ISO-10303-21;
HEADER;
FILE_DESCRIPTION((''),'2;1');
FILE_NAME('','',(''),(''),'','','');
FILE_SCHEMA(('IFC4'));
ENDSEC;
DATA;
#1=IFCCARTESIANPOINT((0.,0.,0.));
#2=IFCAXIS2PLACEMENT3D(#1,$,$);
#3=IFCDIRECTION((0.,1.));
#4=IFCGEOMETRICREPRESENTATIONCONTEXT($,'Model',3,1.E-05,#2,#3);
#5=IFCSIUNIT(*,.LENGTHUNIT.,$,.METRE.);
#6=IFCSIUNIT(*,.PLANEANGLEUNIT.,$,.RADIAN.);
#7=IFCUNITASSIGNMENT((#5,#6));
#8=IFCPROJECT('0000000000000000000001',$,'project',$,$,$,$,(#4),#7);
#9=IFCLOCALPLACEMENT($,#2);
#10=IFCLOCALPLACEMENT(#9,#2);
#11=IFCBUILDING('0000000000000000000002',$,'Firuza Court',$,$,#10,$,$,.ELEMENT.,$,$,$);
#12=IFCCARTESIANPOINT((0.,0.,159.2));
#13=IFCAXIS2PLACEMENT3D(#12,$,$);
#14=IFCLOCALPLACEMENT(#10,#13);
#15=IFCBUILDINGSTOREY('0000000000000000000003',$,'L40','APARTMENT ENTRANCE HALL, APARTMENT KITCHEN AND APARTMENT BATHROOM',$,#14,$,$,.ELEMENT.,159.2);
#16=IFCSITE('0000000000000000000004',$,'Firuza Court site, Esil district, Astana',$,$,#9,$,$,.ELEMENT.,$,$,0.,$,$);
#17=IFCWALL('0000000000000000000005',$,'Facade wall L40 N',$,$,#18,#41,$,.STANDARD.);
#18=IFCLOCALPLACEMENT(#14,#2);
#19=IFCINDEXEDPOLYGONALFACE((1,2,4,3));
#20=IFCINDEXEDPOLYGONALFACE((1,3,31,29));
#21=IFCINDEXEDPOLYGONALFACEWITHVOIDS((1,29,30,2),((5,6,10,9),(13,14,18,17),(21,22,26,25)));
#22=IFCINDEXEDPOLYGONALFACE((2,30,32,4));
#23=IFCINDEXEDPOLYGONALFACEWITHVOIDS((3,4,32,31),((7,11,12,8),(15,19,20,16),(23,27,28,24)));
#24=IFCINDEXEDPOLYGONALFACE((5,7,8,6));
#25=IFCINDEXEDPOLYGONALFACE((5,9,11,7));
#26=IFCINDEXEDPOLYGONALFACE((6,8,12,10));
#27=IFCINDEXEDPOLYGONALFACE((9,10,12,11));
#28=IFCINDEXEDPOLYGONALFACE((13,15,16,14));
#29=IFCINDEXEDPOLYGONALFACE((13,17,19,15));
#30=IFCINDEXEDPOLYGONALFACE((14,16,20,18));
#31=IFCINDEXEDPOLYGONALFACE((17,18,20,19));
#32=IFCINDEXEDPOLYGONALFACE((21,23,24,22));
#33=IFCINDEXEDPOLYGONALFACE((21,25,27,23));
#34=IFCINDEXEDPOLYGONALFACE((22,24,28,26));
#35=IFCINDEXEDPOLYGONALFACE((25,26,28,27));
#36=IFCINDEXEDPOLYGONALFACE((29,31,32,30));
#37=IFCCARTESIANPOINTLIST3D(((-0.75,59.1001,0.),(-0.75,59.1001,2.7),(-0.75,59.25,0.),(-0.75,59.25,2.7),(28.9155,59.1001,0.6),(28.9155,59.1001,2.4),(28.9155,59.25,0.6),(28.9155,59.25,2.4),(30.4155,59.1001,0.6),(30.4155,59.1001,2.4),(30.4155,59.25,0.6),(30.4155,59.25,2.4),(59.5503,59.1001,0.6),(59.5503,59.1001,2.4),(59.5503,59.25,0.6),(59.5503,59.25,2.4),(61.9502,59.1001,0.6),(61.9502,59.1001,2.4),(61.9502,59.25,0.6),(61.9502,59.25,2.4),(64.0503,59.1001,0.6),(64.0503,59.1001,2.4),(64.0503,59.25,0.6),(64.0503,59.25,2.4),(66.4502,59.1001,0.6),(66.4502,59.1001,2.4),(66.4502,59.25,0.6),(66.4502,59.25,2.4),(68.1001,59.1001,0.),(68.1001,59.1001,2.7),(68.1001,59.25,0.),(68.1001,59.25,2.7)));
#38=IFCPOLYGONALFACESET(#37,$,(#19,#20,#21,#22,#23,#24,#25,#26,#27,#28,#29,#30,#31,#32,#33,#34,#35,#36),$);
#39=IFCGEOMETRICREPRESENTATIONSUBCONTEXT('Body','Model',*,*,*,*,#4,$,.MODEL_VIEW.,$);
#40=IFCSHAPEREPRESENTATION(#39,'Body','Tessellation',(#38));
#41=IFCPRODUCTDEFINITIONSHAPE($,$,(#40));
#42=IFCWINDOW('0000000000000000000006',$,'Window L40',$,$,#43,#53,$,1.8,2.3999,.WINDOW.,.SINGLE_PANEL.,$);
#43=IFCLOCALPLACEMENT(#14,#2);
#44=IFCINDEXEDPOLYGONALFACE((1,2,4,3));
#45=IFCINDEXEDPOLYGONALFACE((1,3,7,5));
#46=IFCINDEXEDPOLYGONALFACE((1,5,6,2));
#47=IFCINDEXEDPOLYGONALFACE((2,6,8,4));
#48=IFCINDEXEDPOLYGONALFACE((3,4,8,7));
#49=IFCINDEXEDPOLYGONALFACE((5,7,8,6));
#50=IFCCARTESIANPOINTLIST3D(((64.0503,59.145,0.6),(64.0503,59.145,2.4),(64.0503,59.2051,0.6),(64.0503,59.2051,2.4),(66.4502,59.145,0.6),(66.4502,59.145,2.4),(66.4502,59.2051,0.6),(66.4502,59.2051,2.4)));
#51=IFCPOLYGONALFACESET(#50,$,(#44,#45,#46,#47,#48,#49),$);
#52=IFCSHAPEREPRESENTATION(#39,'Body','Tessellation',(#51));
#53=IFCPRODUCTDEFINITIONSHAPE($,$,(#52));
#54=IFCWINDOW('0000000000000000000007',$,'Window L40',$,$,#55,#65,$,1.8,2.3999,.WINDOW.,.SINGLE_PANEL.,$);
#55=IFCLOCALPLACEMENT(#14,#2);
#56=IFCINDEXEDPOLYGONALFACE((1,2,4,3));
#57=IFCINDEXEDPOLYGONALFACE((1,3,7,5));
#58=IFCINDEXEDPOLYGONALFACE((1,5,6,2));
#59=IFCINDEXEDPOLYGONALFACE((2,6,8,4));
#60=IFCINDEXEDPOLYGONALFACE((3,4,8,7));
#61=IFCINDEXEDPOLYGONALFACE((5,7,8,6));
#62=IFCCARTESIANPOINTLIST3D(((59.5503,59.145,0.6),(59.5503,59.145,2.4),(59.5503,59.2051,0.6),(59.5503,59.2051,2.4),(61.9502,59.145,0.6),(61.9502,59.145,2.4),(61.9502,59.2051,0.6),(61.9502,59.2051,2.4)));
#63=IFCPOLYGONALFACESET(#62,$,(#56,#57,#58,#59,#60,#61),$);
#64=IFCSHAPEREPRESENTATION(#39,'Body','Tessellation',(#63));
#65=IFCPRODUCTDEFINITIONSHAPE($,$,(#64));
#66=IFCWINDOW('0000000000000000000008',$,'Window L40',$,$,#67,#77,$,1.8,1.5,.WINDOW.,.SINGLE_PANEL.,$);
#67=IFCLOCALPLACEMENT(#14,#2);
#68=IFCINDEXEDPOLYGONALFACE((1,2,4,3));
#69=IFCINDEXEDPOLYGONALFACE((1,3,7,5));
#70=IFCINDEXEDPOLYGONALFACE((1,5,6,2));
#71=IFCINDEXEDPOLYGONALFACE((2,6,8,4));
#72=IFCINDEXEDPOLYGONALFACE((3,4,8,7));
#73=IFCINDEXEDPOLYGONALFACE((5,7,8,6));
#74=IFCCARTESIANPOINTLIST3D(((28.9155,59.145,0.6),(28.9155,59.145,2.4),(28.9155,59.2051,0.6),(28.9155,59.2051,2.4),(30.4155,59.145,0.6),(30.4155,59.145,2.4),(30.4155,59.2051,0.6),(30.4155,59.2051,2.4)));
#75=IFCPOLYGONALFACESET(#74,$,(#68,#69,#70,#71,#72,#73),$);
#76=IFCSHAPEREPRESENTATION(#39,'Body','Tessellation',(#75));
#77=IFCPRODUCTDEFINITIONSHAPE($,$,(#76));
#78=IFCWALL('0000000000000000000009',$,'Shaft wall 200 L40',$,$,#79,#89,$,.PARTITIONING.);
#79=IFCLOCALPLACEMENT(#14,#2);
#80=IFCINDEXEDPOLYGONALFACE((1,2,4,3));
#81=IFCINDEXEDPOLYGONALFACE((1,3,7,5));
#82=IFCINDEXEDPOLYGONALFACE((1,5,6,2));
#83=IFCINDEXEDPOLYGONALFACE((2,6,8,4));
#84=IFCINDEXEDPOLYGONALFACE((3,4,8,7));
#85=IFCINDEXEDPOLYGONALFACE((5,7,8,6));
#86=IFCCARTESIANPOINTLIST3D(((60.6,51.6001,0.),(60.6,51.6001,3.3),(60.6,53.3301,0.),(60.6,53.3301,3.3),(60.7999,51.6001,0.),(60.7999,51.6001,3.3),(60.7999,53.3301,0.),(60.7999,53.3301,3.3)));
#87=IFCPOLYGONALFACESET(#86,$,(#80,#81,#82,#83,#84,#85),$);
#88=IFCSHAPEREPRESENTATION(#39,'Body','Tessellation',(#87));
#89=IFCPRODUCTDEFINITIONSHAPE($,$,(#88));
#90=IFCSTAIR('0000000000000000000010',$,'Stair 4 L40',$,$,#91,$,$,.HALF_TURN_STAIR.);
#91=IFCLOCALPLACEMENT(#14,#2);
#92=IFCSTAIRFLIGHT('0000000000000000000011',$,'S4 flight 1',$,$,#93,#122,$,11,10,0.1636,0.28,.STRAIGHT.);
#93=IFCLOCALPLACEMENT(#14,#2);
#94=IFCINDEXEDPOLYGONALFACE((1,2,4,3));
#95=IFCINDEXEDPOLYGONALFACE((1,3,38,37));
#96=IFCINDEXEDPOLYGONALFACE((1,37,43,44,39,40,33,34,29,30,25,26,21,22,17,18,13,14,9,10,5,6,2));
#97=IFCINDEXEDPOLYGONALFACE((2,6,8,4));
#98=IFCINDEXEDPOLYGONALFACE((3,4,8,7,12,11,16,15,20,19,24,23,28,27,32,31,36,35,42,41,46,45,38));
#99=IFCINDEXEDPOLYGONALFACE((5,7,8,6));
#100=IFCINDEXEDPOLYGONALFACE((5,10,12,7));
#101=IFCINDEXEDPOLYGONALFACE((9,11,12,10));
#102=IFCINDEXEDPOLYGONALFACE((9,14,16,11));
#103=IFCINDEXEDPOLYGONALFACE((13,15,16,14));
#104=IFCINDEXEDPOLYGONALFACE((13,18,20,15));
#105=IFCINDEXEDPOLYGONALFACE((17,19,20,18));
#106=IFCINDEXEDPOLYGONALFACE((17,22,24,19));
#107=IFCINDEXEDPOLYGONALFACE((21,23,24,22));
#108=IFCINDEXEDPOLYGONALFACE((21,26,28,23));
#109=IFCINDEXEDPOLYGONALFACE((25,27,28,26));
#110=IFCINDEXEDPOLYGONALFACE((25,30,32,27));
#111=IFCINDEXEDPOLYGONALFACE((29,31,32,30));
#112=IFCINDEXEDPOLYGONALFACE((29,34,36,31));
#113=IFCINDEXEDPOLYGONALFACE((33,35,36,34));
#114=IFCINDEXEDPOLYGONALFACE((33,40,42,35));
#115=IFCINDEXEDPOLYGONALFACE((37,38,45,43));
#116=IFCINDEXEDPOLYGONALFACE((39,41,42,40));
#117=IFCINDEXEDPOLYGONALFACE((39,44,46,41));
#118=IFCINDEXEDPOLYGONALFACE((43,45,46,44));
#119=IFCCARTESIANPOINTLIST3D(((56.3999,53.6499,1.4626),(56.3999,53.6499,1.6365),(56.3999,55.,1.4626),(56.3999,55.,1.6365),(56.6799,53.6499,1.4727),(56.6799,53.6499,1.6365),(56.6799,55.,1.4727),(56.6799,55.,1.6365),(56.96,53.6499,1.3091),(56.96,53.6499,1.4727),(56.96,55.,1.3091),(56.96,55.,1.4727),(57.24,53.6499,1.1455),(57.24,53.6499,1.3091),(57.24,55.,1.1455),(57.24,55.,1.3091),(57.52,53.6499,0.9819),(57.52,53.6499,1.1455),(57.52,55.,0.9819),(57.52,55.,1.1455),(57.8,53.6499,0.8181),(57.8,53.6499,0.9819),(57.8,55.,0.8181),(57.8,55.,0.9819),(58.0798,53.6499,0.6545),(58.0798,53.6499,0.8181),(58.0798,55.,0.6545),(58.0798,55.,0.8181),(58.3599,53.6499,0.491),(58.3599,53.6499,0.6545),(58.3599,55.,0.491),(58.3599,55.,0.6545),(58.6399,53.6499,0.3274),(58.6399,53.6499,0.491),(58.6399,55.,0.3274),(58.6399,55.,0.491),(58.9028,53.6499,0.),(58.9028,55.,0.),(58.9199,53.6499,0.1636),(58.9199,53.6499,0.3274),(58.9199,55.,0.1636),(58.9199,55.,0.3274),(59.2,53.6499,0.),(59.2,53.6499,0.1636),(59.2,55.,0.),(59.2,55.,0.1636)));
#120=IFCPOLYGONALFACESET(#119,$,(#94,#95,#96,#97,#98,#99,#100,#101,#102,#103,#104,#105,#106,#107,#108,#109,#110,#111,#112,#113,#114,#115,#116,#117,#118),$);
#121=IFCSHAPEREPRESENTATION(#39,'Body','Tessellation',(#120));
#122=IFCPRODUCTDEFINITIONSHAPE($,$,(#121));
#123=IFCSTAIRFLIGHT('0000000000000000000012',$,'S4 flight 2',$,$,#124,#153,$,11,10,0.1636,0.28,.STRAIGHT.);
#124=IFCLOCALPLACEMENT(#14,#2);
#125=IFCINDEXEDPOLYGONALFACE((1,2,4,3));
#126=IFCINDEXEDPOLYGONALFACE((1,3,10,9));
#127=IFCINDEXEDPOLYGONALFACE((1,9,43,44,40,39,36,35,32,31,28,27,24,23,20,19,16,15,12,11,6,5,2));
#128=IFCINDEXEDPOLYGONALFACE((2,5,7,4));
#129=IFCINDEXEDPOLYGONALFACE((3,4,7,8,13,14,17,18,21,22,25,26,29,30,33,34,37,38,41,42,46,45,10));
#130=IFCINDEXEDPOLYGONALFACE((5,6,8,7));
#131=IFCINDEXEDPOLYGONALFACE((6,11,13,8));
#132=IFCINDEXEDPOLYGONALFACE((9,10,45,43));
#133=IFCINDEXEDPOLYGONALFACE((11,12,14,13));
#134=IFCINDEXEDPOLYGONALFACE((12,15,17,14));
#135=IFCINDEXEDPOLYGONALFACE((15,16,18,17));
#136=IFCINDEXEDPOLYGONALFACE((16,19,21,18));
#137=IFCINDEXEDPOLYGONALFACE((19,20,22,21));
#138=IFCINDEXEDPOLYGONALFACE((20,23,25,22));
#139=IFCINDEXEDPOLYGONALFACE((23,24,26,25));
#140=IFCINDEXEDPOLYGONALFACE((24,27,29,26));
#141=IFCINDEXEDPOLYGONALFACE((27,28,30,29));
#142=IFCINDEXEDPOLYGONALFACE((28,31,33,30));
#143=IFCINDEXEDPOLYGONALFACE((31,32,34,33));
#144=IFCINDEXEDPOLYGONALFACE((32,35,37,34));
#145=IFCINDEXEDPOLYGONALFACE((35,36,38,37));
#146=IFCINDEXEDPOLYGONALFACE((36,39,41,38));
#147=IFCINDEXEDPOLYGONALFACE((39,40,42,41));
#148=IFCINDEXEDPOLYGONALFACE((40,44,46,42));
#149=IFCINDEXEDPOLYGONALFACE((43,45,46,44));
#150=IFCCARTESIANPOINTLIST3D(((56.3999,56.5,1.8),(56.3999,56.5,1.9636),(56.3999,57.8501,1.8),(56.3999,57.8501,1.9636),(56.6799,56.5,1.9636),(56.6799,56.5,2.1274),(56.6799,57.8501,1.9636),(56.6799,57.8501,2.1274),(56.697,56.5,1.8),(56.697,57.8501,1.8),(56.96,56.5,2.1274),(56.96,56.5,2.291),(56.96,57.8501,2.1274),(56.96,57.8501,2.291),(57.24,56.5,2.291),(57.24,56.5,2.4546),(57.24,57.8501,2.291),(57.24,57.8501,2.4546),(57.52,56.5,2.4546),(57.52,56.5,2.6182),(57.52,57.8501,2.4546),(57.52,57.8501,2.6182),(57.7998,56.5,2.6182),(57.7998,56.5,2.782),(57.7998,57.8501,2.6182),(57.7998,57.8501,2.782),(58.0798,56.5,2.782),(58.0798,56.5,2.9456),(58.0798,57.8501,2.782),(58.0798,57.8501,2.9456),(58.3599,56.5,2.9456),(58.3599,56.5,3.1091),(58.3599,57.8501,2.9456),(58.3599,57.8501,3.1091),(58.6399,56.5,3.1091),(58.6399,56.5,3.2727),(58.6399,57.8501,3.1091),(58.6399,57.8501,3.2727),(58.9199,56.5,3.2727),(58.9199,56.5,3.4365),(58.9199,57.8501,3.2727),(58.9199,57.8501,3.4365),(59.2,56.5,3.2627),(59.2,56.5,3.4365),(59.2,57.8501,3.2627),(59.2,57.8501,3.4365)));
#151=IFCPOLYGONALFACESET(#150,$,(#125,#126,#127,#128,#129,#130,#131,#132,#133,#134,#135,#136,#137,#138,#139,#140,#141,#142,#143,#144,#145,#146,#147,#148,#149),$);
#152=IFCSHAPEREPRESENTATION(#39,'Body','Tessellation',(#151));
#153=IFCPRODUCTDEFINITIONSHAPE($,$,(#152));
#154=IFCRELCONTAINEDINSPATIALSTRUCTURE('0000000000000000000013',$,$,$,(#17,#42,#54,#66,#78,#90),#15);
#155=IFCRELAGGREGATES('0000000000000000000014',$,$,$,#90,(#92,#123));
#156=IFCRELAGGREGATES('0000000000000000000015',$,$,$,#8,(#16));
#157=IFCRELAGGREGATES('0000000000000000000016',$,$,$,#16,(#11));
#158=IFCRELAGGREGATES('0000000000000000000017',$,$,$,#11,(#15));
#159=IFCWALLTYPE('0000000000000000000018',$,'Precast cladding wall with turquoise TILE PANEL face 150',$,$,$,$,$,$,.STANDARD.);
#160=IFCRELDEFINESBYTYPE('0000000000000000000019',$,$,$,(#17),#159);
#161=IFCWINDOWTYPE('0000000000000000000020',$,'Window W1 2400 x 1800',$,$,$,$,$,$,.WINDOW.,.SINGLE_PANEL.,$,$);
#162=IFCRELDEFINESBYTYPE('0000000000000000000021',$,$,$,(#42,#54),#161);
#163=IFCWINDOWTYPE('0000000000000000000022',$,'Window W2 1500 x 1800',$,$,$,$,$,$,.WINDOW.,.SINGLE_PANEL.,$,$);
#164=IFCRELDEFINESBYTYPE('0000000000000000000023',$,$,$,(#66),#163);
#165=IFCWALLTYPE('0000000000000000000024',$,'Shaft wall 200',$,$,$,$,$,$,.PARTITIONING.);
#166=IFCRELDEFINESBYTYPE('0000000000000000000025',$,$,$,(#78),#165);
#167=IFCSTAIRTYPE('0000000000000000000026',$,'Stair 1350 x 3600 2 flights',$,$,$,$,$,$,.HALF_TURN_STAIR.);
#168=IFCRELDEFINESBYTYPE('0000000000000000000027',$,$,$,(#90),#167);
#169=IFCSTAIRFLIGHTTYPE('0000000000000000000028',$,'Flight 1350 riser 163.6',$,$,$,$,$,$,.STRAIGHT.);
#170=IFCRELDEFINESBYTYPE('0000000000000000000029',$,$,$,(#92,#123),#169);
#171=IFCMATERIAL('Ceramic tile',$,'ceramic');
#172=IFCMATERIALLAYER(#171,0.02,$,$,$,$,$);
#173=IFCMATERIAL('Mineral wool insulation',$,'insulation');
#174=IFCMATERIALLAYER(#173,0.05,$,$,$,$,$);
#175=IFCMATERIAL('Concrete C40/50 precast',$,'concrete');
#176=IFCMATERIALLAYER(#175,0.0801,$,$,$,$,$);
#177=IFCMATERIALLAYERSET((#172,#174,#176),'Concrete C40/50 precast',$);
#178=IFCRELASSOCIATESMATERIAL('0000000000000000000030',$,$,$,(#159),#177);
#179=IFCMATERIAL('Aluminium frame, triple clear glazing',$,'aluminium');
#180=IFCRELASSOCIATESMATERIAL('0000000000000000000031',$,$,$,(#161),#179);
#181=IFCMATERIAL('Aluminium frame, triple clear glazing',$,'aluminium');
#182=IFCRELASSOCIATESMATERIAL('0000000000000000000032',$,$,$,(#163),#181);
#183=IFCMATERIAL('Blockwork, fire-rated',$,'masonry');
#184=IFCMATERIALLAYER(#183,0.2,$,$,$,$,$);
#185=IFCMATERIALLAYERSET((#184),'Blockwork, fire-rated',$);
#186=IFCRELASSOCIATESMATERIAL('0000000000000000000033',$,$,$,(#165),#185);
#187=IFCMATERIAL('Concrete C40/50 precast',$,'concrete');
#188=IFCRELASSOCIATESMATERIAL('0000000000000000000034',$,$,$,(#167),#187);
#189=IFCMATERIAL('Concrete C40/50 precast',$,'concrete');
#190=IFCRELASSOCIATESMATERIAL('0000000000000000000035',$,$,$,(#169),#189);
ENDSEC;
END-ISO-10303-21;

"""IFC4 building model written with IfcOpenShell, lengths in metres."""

from ifc_helpers import new_model, si_unit, direction, frame, frame_2d, origin, place, context, subcontext, project, spatial, polyline, rectangle, outline, extrude, material, layer, layer_set, type_object, element, fill, aggregate, save


model = new_model("IFC4")

# Units and contexts
model_context = context("Model", 3, precision=1e-05, world=origin(), true_north=direction((0.0, 1.0)))
body_context = subcontext(model_context, "Body", "Model", "MODEL_VIEW")
ifc_project = project(units=[si_unit("LENGTHUNIT", "METRE"), si_unit("PLANEANGLEUNIT", "RADIAN")], contexts=[model_context])

# Site, building, storey
site_placement = place(None, origin())
site = spatial("IfcSite", under=ifc_project, at=site_placement, Name="Firuza Court site, Esil district, Astana", CompositionType="ELEMENT", RefElevation=0.0)
building_placement = place(site_placement, origin())
building = spatial("IfcBuilding", under=site, at=building_placement, Name="Firuza Court", CompositionType="ELEMENT")
storey_placement = place(building_placement, frame((0.0, 0.0, 159.2)))
storey = spatial("IfcBuildingStorey", under=building, at=storey_placement, Name="L40", Description="APARTMENT ENTRANCE HALL, APARTMENT KITCHEN AND APARTMENT BATHROOM", CompositionType="ELEMENT", Elevation=159.2)

# Wall, openings, windows
ifc_material_1 = material(Name="Ceramic tile", Category="ceramic")
ifc_layer_1 = layer(ifc_material_1, 0.02)
ifc_material_2 = material(Name="Mineral wool insulation", Category="insulation")
ifc_layer_2 = layer(ifc_material_2, 0.05)
ifc_material_3 = material(Name="Concrete C40/50 precast", Category="concrete")
ifc_layer_3 = layer(ifc_material_3, 0.0801)
ifc_layer_set_1 = layer_set([ifc_layer_1, ifc_layer_2, ifc_layer_3], Name="Concrete C40/50 precast")
wall_type_1 = type_object("IfcWallType", Name="Precast cladding wall with turquoise TILE PANEL face 150", PredefinedType="STANDARD", material=ifc_layer_set_1)
wall_1_placement = place(storey_placement, frame((68.1001, 59.175, 0.0), z_axis=(0.0, 0.0, 1.0), x_axis=(-1.0, 0.0, 0.0)))
wall_1 = element("IfcWall", 1, at=wall_1_placement, inside=storey, type_object=wall_type_1, Name="Facade wall L40 N", PredefinedType="STANDARD", context=body_context, shape_type="SweptSolid", body=[
    extrude(rectangle(XDim=68.8501, YDim=0.1499, at=frame_2d((34.425, 0.0))), origin(), (0.0, 0.0, 1.0), 2.7),
])
opening_1_placement = place(wall_1_placement, frame((1.6499, 0.0, 0.6001)))
opening_1 = element("IfcOpeningElement", 2, at=opening_1_placement, cuts=wall_1, PredefinedType="OPENING", context=body_context, shape_type="SweptSolid", body=[
    extrude(rectangle(XDim=2.3999, YDim=1.8, at=frame_2d((1.2, 0.8999))), frame((0.0, 0.0869, 0.0), z_axis=(0.0, -1.0, 0.0), x_axis=(1.0, 0.0, 0.0)), (0.0, 0.0, 1.0), 0.1738),
])
opening_2_placement = place(wall_1_placement, frame((6.1499, 0.0, 0.6001)))
opening_2 = element("IfcOpeningElement", 3, at=opening_2_placement, cuts=wall_1, PredefinedType="OPENING", context=body_context, shape_type="SweptSolid", body=[
    extrude(rectangle(XDim=2.3999, YDim=1.8, at=frame_2d((1.2, 0.8999))), frame((0.0, 0.0869, 0.0), z_axis=(0.0, -1.0, 0.0), x_axis=(1.0, 0.0, 0.0)), (0.0, 0.0, 1.0), 0.1738),
])
opening_3_placement = place(wall_1_placement, frame((37.6846, 0.0, 0.6001)))
opening_3 = element("IfcOpeningElement", 4, at=opening_3_placement, cuts=wall_1, PredefinedType="OPENING", context=body_context, shape_type="SweptSolid", body=[
    extrude(rectangle(XDim=1.5, YDim=1.8, at=frame_2d((0.75, 0.8999))), frame((0.0, 0.0869, 0.0), z_axis=(0.0, -1.0, 0.0), x_axis=(1.0, 0.0, 0.0)), (0.0, 0.0, 1.0), 0.1738),
])
ifc_material_4 = material(Name="Aluminium frame, triple clear glazing", Category="aluminium")
window_type_1 = type_object("IfcWindowType", Name="Window W1 2400 x 1800", PartitioningType="SINGLE_PANEL", PredefinedType="WINDOW", material=ifc_material_4)
window_1_placement = place(opening_1_placement, origin())
window_1 = element("IfcWindow", 5, at=window_1_placement, inside=storey, type_object=window_type_1, Name="Window L40", OverallHeight=1.8, OverallWidth=2.3999, PartitioningType="SINGLE_PANEL", PredefinedType="WINDOW", context=body_context, shape_type="SweptSolid", body=[
    extrude(rectangle(XDim=2.3999, YDim=1.8, at=frame_2d((1.2, 0.8999))), frame((0.0, 0.03, 0.0), z_axis=(0.0, -1.0, 0.0), x_axis=(1.0, 0.0, 0.0)), (0.0, 0.0, 1.0), 0.0601),
])
fill(opening_1, window_1)
window_2_placement = place(opening_2_placement, origin())
window_2 = element("IfcWindow", 6, at=window_2_placement, inside=storey, type_object=window_type_1, Name="Window L40", OverallHeight=1.8, OverallWidth=2.3999, PartitioningType="SINGLE_PANEL", PredefinedType="WINDOW", context=body_context, shape_type="SweptSolid", body=[
    extrude(rectangle(XDim=2.3999, YDim=1.8, at=frame_2d((1.2, 0.8999))), frame((0.0, 0.03, 0.0), z_axis=(0.0, -1.0, 0.0), x_axis=(1.0, 0.0, 0.0)), (0.0, 0.0, 1.0), 0.0601),
])
fill(opening_2, window_2)
ifc_material_5 = material(Name="Aluminium frame, triple clear glazing", Category="aluminium")
window_type_2 = type_object("IfcWindowType", Name="Window W2 1500 x 1800", PartitioningType="SINGLE_PANEL", PredefinedType="WINDOW", material=ifc_material_5)
window_3_placement = place(opening_3_placement, origin())
window_3 = element("IfcWindow", 7, at=window_3_placement, inside=storey, type_object=window_type_2, Name="Window L40", OverallHeight=1.8, OverallWidth=1.5, PartitioningType="SINGLE_PANEL", PredefinedType="WINDOW", context=body_context, shape_type="SweptSolid", body=[
    extrude(rectangle(XDim=1.5, YDim=1.8, at=frame_2d((0.75, 0.8999))), frame((0.0, 0.03, 0.0), z_axis=(0.0, -1.0, 0.0), x_axis=(1.0, 0.0, 0.0)), (0.0, 0.0, 1.0), 0.0601),
])
fill(opening_3, window_3)

# Wall
ifc_material_6 = material(Name="Blockwork, fire-rated", Category="masonry")
ifc_layer_4 = layer(ifc_material_6, 0.2)
ifc_layer_set_2 = layer_set([ifc_layer_4], Name="Blockwork, fire-rated")
wall_type_2 = type_object("IfcWallType", Name="Shaft wall 200", PredefinedType="PARTITIONING", material=ifc_layer_set_2)
wall_2_placement = place(storey_placement, frame((60.7, 51.6001, 0.0), z_axis=(0.0, 0.0, 1.0), x_axis=(0.0, 1.0, 0.0)))
element("IfcWall", 8, at=wall_2_placement, inside=storey, type_object=wall_type_2, Name="Shaft wall 200 L40", PredefinedType="PARTITIONING", context=body_context, shape_type="SweptSolid", body=[
    extrude(rectangle(XDim=1.73, YDim=0.2, at=frame_2d((0.865, 0.0))), origin(), (0.0, 0.0, 1.0), 3.3),
])

# Stair, stair flights
ifc_material_7 = material(Name="Concrete C40/50 precast", Category="concrete")
stair_type = type_object("IfcStairType", Name="Stair 1350 x 3600 2 flights", PredefinedType="HALF_TURN_STAIR", material=ifc_material_7)
stair_placement = place(storey_placement, origin())
stair = element("IfcStair", 9, at=stair_placement, inside=storey, type_object=stair_type, Name="Stair 4 L40", PredefinedType="HALF_TURN_STAIR")
ifc_material_8 = material(Name="Concrete C40/50 precast", Category="concrete")
stair_flight_type = type_object("IfcStairFlightType", Name="Flight 1350 riser 163.6", PredefinedType="STRAIGHT", material=ifc_material_8)
stair_flight_1_placement = place(storey_placement, frame((59.2, 54.325, 0.0), z_axis=(0.0, 0.0, 1.0), x_axis=(-1.0, 0.0, 0.0)))
stair_flight_1 = element("IfcStairFlight", 10, at=stair_flight_1_placement, type_object=stair_flight_type, Name="S4 flight 1", NumberOfRisers=11, NumberOfTreads=10, PredefinedType="STRAIGHT", RiserHeight=0.1636, TreadLength=0.28, context=body_context, shape_type="SweptSolid", body=[
    extrude(outline(polyline([(0.0, 0.0), (0.0, 0.1636), (0.28, 0.1636), (0.28, 0.3274), (0.5601, 0.3274), (0.5601, 0.491), (0.8401, 0.491), (0.8401, 0.6545), (1.1201, 0.6545), (1.1201, 0.8181), (1.3999, 0.8181), (1.3999, 0.9819), (1.6799, 0.9819), (1.6799, 1.1455), (1.96, 1.1455), (1.96, 1.3091), (2.24, 1.3091), (2.24, 1.4727), (2.52, 1.4727), (2.52, 1.6365), (2.8, 1.6365), (2.8, 1.8), (2.8, 1.4626), (0.2971, 0.0), (0.0, 0.0)])), frame((0.0, 0.675, 0.0), z_axis=(0.0, -1.0, 0.0), x_axis=(1.0, 0.0, 0.0)), (0.0, 0.0, 1.0), 1.3501),
])
stair_flight_2_placement = place(storey_placement, frame((56.3999, 57.175, 1.8), z_axis=(0.0, 0.0, 1.0), x_axis=(1.0, 0.0, 0.0)))
stair_flight_2 = element("IfcStairFlight", 11, at=stair_flight_2_placement, type_object=stair_flight_type, Name="S4 flight 2", NumberOfRisers=11, NumberOfTreads=10, PredefinedType="STRAIGHT", RiserHeight=0.1636, TreadLength=0.28, context=body_context, shape_type="SweptSolid", body=[
    extrude(outline(polyline([(0.0, 0.0), (0.0, 0.1636), (0.28, 0.1636), (0.28, 0.3274), (0.5601, 0.3274), (0.5601, 0.491), (0.8401, 0.491), (0.8401, 0.6545), (1.1201, 0.6545), (1.1201, 0.8181), (1.3999, 0.8181), (1.3999, 0.9819), (1.6799, 0.9819), (1.6799, 1.1455), (1.96, 1.1455), (1.96, 1.3091), (2.24, 1.3091), (2.24, 1.4727), (2.52, 1.4727), (2.52, 1.6365), (2.8, 1.6365), (2.8, 1.8), (2.8, 1.4626), (0.2971, 0.0), (0.0, 0.0)])), frame((0.0, 0.675, 0.0), z_axis=(0.0, -1.0, 0.0), x_axis=(1.0, 0.0, 0.0)), (0.0, 0.0, 1.0), 1.3501),
])
aggregate(stair, [stair_flight_1, stair_flight_2])

save(model, "model.ifc")
